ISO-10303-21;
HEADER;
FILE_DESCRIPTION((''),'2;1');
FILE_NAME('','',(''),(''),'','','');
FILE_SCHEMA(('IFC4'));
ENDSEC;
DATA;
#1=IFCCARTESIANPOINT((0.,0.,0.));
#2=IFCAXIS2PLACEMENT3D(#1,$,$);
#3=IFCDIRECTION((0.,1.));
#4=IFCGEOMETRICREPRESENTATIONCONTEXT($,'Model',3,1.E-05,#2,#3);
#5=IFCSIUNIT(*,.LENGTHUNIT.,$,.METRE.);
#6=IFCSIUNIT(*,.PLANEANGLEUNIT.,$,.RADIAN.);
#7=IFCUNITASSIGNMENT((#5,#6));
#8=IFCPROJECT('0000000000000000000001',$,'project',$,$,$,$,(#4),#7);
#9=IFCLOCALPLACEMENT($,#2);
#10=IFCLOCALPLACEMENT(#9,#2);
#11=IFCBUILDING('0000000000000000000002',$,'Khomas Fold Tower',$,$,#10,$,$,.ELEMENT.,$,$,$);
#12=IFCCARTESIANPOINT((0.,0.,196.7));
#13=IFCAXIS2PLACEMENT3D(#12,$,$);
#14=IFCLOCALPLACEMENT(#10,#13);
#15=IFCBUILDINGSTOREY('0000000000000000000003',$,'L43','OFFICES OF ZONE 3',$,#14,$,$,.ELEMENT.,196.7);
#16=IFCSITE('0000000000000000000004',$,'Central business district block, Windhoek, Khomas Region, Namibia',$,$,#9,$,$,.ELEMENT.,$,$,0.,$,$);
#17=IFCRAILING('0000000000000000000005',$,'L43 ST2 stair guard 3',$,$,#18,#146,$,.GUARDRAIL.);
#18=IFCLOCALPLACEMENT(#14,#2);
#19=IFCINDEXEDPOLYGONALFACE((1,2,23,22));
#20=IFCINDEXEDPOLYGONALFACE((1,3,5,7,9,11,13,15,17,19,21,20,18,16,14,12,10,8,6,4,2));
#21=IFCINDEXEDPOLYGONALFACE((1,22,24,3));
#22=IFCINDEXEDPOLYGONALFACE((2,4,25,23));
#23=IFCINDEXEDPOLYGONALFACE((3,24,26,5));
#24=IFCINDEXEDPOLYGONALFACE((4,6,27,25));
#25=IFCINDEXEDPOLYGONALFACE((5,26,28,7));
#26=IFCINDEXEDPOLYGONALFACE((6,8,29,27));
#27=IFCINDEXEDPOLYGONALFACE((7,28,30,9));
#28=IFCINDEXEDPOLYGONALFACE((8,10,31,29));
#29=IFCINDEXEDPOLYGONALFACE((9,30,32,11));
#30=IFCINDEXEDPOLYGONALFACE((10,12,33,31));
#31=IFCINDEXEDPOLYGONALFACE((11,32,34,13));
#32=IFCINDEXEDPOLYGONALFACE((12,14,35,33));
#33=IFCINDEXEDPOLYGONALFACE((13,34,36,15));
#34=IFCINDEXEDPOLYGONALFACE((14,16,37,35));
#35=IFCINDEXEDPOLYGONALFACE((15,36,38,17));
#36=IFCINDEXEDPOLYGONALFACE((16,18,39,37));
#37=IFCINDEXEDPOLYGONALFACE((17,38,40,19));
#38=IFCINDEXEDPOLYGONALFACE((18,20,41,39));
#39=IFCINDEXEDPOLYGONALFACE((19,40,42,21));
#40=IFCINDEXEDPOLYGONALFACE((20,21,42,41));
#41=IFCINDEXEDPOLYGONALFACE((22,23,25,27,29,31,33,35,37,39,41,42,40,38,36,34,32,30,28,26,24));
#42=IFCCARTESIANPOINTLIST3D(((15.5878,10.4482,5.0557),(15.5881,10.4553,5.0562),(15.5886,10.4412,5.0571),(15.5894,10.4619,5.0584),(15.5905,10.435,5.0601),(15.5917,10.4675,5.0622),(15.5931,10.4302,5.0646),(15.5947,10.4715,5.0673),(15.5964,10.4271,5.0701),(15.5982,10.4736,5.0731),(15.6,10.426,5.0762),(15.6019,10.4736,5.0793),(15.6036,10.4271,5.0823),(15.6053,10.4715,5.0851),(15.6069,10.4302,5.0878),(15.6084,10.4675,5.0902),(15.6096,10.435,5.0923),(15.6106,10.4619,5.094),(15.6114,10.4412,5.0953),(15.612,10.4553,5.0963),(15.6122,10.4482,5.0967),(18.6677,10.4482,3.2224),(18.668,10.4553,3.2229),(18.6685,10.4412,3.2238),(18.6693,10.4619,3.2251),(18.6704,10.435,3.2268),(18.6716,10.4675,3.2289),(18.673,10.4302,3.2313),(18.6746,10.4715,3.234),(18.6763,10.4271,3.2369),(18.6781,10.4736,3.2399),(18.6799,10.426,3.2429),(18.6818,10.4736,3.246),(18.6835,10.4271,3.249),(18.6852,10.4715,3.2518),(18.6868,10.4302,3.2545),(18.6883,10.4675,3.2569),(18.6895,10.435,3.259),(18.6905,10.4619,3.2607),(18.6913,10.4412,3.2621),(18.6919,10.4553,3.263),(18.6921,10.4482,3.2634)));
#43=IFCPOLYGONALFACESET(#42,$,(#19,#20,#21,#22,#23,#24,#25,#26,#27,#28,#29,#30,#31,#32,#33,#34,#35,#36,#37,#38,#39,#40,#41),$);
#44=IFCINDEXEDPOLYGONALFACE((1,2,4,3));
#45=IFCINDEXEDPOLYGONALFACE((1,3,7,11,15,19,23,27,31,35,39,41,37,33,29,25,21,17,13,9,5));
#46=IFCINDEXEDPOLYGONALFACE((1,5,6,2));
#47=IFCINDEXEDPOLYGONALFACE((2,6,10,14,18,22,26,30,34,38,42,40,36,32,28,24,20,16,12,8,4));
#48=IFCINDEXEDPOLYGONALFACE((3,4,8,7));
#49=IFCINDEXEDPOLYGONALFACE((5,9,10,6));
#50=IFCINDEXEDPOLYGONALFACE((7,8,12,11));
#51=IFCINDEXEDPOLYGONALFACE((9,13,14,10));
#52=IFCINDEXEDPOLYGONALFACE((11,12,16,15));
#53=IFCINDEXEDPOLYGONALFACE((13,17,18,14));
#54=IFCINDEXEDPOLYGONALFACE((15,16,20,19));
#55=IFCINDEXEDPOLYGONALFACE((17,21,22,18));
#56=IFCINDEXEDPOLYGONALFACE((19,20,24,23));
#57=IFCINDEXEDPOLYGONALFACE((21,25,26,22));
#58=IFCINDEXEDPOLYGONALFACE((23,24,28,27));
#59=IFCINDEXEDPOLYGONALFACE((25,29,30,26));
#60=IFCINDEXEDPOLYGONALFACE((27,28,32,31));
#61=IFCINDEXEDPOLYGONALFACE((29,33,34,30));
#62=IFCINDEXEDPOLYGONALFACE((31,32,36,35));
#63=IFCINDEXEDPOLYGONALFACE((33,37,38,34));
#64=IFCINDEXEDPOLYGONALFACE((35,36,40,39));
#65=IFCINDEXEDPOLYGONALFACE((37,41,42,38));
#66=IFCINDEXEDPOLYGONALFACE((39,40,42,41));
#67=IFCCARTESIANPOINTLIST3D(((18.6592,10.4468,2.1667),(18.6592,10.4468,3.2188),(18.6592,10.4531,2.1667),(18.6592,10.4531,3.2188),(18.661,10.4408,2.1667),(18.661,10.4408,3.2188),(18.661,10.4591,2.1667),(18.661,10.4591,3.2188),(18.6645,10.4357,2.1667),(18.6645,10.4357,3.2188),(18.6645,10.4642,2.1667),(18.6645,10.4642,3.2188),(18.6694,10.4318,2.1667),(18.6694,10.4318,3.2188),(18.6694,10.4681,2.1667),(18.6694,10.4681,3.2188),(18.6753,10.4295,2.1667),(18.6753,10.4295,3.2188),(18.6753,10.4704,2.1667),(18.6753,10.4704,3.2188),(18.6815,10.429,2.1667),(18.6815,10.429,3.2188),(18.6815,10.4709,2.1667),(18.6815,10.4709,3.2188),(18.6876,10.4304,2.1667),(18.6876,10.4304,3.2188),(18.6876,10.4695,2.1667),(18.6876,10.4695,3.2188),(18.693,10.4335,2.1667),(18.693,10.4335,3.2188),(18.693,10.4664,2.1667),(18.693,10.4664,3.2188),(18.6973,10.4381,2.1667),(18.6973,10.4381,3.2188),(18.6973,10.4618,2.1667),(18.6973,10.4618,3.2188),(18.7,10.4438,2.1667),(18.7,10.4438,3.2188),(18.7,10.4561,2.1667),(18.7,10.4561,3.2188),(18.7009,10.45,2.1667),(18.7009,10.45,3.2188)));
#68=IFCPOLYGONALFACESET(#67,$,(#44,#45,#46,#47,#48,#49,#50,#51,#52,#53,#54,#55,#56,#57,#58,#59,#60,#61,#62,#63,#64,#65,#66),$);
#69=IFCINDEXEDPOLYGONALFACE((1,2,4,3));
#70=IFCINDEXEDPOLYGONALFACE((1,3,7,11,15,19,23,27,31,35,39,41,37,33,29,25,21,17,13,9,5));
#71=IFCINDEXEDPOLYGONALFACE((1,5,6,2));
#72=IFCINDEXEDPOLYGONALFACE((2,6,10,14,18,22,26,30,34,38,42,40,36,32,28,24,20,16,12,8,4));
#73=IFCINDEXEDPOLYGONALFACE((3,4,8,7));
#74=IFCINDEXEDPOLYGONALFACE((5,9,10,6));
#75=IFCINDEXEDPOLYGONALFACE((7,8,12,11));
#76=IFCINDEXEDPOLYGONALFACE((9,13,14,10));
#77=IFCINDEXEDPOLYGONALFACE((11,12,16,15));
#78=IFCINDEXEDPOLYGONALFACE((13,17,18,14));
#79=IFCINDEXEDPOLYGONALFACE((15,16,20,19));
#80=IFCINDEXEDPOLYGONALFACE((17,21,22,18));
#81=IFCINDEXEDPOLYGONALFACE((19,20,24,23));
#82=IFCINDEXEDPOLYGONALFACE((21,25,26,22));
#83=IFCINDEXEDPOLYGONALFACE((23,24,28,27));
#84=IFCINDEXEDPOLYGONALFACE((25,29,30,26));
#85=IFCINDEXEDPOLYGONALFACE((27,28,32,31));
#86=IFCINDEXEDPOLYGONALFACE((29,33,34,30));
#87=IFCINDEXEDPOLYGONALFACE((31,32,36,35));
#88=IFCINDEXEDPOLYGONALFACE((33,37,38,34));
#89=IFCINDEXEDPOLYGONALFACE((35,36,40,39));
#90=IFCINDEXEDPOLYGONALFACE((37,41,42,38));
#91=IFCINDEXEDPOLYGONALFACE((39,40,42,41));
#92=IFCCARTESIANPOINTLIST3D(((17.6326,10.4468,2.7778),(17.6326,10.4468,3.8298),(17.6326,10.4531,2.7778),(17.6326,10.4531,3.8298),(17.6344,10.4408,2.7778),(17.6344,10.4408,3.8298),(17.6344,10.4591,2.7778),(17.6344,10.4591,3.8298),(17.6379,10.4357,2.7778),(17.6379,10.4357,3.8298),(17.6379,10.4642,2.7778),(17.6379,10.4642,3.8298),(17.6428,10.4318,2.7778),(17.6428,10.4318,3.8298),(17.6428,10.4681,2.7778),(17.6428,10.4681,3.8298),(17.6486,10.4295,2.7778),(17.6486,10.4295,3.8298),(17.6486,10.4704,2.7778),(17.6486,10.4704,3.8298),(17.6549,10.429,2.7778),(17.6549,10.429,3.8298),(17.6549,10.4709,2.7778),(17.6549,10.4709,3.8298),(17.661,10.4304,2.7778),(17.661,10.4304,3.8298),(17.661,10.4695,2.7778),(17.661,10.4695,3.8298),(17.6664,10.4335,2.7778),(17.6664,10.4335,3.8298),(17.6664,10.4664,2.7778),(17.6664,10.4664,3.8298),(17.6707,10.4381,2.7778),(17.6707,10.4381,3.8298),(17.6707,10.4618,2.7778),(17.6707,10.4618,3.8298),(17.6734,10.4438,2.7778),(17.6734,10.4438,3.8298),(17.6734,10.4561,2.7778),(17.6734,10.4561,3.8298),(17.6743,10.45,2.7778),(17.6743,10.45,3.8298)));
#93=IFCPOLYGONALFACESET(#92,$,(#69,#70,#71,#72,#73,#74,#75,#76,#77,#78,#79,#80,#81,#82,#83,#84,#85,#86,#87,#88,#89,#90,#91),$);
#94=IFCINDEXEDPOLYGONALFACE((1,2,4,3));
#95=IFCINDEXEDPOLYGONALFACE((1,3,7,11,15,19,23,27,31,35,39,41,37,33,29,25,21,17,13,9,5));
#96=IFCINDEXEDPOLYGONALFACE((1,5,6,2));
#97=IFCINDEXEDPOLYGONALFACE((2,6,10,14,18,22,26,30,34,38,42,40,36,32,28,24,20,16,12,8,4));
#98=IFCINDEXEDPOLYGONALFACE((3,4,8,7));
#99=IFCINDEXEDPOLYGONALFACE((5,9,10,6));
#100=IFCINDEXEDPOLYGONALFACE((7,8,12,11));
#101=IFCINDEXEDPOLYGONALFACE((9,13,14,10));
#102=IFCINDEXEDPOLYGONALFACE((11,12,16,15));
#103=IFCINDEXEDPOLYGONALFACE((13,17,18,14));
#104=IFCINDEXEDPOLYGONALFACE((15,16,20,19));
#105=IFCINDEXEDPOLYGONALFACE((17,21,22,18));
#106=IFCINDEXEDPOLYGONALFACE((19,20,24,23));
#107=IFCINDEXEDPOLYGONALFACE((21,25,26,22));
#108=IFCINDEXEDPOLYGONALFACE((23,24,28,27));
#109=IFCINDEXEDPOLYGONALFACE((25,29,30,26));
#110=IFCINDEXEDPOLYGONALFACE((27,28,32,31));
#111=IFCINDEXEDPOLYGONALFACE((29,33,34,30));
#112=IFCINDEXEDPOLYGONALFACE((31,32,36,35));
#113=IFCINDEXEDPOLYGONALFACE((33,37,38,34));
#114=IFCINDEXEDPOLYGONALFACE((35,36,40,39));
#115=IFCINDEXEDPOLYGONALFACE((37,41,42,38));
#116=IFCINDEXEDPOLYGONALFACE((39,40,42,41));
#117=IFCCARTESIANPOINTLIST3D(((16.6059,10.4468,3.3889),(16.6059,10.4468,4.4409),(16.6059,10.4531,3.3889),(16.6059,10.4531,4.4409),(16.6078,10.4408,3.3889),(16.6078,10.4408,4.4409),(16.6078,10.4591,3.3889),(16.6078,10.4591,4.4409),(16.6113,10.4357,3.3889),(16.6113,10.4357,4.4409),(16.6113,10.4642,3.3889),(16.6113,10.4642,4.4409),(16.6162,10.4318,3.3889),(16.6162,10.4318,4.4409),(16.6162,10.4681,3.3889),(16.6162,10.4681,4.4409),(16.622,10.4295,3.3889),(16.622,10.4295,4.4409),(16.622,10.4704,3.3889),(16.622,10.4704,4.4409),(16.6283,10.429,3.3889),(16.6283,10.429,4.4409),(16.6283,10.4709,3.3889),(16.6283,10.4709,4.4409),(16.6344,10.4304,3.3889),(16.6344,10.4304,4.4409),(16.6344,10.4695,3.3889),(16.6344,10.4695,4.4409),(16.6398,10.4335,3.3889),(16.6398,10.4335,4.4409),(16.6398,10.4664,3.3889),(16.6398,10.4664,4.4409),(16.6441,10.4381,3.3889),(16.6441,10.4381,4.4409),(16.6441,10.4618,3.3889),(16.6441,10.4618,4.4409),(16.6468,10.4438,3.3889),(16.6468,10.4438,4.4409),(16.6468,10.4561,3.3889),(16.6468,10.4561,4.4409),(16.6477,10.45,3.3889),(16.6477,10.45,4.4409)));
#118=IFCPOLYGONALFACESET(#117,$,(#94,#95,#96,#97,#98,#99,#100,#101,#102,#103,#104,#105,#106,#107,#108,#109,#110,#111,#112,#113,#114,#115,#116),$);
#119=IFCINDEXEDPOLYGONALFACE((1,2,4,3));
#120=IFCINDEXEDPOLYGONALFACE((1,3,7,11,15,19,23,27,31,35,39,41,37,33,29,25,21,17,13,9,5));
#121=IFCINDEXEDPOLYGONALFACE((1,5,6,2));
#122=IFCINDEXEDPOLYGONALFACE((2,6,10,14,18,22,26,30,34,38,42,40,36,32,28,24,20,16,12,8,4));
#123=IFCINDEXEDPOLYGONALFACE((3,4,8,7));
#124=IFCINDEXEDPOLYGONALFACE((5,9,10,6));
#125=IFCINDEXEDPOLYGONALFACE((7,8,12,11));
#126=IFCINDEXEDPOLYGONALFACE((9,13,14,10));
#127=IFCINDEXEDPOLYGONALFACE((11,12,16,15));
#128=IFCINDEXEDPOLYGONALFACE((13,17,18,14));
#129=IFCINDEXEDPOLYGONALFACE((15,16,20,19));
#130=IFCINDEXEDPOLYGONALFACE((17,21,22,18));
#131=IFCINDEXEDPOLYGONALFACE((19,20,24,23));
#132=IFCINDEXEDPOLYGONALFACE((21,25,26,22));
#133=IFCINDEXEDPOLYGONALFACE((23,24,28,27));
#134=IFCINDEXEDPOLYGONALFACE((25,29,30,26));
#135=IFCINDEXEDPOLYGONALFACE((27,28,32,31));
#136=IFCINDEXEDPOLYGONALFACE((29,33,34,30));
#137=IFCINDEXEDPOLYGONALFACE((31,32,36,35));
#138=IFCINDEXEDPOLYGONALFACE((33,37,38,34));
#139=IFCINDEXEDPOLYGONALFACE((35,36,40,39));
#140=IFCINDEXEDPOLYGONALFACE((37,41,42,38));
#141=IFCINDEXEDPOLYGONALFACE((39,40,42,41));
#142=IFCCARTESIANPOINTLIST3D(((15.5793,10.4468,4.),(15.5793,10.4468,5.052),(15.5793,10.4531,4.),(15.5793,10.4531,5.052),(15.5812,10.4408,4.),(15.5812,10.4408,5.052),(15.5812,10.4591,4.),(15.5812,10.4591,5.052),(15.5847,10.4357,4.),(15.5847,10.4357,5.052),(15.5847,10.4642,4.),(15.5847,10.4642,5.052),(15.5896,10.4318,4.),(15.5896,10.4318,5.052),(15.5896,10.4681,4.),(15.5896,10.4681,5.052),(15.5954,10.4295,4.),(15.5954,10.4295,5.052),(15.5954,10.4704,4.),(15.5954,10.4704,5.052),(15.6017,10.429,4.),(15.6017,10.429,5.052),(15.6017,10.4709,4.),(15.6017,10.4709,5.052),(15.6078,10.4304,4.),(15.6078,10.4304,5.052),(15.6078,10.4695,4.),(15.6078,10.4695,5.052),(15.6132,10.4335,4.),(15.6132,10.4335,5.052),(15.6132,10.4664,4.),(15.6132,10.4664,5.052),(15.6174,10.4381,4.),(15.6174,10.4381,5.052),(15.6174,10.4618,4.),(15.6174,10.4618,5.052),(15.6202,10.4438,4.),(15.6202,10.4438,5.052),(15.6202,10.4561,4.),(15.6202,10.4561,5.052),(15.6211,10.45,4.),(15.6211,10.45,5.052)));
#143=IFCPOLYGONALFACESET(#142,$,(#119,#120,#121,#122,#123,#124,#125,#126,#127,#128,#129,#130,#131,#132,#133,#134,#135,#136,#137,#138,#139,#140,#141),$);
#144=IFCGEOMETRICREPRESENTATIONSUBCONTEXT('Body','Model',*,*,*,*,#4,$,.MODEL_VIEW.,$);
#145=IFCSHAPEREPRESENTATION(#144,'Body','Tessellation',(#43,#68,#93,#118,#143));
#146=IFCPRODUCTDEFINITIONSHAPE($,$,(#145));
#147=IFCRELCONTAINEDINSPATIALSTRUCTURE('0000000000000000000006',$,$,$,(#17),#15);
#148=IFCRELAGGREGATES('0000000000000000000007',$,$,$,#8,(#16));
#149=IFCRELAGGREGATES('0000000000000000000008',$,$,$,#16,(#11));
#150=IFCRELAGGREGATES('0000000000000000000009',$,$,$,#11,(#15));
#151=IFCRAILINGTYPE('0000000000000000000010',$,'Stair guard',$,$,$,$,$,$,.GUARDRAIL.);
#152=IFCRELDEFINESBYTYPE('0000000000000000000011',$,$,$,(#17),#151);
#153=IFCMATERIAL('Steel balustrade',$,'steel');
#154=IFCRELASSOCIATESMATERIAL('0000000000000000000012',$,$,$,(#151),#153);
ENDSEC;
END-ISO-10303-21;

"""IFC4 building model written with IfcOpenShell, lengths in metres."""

from ifc_helpers import new_model, si_unit, direction, frame, origin, origin_2d, place, context, subcontext, project, spatial, circle, extrude, source, transform, mapped, material, type_object, element, save


model = new_model("IFC4")

# Units and contexts
model_context = context("Model", 3, precision=1e-05, world=origin(), true_north=direction((0.0, 1.0)))
body_context = subcontext(model_context, "Body", "Model", "MODEL_VIEW")
ifc_project = project(units=[si_unit("LENGTHUNIT", "METRE"), si_unit("PLANEANGLEUNIT", "RADIAN")], contexts=[model_context])

# Site, building, storey
site_placement = place(None, origin())
site = spatial("IfcSite", under=ifc_project, at=site_placement, Name="Central business district block, Windhoek, Khomas Region, Namibia", CompositionType="ELEMENT", RefElevation=0.0)
building_placement = place(site_placement, origin())
building = spatial("IfcBuilding", under=site, at=building_placement, Name="Khomas Fold Tower", CompositionType="ELEMENT")
storey_placement = place(building_placement, frame((0.0, 0.0, 196.7)))
storey = spatial("IfcBuildingStorey", under=building, at=storey_placement, Name="L43", Description="OFFICES OF ZONE 3", CompositionType="ELEMENT", Elevation=196.7)

# Railing
ifc_material_1 = material(Name="Steel balustrade", Category="steel")
railing_type_1 = type_object("IfcRailingType", Name="Stair guard", PredefinedType="GUARDRAIL", material=ifc_material_1)
shared_shape_1 = source(origin(), body_context, "Body", "SweptSolid", [
    extrude(circle(Radius=0.0239, at=origin_2d()), frame((0.0, 0.0, 1.0762), z_axis=(-0.859291, 0.0, 0.511487), x_axis=(0.0, -1.0, 0.0)), (0.0, 0.0, 1.0), 3.5842),
    extrude(circle(Radius=0.021, at=origin_2d()), origin(), (0.0, 0.0, 1.0), 1.052),
    extrude(circle(Radius=0.021, at=origin_2d()), frame((-1.0266, 0.0, 0.6111)), (0.0, 0.0, 1.0), 1.052),
    extrude(circle(Radius=0.021, at=origin_2d()), frame((-2.0532, 0.0, 1.2222)), (0.0, 0.0, 1.0), 1.052),
    extrude(circle(Radius=0.021, at=origin_2d()), frame((-3.0798, 0.0, 1.8333)), (0.0, 0.0, 1.0), 1.052),
])
railing_1_placement = place(storey_placement, frame((18.6799, 10.45, 2.1667)))
element("IfcRailing", 1, at=railing_1_placement, inside=storey, type_object=railing_type_1, Name="L43 ST2 stair guard 3", PredefinedType="GUARDRAIL", context=body_context, shape_type="MappedRepresentation", body=[
    mapped(shared_shape_1, transform((0.0, 0.0, 0.0))),
])

save(model, "model.ifc")
